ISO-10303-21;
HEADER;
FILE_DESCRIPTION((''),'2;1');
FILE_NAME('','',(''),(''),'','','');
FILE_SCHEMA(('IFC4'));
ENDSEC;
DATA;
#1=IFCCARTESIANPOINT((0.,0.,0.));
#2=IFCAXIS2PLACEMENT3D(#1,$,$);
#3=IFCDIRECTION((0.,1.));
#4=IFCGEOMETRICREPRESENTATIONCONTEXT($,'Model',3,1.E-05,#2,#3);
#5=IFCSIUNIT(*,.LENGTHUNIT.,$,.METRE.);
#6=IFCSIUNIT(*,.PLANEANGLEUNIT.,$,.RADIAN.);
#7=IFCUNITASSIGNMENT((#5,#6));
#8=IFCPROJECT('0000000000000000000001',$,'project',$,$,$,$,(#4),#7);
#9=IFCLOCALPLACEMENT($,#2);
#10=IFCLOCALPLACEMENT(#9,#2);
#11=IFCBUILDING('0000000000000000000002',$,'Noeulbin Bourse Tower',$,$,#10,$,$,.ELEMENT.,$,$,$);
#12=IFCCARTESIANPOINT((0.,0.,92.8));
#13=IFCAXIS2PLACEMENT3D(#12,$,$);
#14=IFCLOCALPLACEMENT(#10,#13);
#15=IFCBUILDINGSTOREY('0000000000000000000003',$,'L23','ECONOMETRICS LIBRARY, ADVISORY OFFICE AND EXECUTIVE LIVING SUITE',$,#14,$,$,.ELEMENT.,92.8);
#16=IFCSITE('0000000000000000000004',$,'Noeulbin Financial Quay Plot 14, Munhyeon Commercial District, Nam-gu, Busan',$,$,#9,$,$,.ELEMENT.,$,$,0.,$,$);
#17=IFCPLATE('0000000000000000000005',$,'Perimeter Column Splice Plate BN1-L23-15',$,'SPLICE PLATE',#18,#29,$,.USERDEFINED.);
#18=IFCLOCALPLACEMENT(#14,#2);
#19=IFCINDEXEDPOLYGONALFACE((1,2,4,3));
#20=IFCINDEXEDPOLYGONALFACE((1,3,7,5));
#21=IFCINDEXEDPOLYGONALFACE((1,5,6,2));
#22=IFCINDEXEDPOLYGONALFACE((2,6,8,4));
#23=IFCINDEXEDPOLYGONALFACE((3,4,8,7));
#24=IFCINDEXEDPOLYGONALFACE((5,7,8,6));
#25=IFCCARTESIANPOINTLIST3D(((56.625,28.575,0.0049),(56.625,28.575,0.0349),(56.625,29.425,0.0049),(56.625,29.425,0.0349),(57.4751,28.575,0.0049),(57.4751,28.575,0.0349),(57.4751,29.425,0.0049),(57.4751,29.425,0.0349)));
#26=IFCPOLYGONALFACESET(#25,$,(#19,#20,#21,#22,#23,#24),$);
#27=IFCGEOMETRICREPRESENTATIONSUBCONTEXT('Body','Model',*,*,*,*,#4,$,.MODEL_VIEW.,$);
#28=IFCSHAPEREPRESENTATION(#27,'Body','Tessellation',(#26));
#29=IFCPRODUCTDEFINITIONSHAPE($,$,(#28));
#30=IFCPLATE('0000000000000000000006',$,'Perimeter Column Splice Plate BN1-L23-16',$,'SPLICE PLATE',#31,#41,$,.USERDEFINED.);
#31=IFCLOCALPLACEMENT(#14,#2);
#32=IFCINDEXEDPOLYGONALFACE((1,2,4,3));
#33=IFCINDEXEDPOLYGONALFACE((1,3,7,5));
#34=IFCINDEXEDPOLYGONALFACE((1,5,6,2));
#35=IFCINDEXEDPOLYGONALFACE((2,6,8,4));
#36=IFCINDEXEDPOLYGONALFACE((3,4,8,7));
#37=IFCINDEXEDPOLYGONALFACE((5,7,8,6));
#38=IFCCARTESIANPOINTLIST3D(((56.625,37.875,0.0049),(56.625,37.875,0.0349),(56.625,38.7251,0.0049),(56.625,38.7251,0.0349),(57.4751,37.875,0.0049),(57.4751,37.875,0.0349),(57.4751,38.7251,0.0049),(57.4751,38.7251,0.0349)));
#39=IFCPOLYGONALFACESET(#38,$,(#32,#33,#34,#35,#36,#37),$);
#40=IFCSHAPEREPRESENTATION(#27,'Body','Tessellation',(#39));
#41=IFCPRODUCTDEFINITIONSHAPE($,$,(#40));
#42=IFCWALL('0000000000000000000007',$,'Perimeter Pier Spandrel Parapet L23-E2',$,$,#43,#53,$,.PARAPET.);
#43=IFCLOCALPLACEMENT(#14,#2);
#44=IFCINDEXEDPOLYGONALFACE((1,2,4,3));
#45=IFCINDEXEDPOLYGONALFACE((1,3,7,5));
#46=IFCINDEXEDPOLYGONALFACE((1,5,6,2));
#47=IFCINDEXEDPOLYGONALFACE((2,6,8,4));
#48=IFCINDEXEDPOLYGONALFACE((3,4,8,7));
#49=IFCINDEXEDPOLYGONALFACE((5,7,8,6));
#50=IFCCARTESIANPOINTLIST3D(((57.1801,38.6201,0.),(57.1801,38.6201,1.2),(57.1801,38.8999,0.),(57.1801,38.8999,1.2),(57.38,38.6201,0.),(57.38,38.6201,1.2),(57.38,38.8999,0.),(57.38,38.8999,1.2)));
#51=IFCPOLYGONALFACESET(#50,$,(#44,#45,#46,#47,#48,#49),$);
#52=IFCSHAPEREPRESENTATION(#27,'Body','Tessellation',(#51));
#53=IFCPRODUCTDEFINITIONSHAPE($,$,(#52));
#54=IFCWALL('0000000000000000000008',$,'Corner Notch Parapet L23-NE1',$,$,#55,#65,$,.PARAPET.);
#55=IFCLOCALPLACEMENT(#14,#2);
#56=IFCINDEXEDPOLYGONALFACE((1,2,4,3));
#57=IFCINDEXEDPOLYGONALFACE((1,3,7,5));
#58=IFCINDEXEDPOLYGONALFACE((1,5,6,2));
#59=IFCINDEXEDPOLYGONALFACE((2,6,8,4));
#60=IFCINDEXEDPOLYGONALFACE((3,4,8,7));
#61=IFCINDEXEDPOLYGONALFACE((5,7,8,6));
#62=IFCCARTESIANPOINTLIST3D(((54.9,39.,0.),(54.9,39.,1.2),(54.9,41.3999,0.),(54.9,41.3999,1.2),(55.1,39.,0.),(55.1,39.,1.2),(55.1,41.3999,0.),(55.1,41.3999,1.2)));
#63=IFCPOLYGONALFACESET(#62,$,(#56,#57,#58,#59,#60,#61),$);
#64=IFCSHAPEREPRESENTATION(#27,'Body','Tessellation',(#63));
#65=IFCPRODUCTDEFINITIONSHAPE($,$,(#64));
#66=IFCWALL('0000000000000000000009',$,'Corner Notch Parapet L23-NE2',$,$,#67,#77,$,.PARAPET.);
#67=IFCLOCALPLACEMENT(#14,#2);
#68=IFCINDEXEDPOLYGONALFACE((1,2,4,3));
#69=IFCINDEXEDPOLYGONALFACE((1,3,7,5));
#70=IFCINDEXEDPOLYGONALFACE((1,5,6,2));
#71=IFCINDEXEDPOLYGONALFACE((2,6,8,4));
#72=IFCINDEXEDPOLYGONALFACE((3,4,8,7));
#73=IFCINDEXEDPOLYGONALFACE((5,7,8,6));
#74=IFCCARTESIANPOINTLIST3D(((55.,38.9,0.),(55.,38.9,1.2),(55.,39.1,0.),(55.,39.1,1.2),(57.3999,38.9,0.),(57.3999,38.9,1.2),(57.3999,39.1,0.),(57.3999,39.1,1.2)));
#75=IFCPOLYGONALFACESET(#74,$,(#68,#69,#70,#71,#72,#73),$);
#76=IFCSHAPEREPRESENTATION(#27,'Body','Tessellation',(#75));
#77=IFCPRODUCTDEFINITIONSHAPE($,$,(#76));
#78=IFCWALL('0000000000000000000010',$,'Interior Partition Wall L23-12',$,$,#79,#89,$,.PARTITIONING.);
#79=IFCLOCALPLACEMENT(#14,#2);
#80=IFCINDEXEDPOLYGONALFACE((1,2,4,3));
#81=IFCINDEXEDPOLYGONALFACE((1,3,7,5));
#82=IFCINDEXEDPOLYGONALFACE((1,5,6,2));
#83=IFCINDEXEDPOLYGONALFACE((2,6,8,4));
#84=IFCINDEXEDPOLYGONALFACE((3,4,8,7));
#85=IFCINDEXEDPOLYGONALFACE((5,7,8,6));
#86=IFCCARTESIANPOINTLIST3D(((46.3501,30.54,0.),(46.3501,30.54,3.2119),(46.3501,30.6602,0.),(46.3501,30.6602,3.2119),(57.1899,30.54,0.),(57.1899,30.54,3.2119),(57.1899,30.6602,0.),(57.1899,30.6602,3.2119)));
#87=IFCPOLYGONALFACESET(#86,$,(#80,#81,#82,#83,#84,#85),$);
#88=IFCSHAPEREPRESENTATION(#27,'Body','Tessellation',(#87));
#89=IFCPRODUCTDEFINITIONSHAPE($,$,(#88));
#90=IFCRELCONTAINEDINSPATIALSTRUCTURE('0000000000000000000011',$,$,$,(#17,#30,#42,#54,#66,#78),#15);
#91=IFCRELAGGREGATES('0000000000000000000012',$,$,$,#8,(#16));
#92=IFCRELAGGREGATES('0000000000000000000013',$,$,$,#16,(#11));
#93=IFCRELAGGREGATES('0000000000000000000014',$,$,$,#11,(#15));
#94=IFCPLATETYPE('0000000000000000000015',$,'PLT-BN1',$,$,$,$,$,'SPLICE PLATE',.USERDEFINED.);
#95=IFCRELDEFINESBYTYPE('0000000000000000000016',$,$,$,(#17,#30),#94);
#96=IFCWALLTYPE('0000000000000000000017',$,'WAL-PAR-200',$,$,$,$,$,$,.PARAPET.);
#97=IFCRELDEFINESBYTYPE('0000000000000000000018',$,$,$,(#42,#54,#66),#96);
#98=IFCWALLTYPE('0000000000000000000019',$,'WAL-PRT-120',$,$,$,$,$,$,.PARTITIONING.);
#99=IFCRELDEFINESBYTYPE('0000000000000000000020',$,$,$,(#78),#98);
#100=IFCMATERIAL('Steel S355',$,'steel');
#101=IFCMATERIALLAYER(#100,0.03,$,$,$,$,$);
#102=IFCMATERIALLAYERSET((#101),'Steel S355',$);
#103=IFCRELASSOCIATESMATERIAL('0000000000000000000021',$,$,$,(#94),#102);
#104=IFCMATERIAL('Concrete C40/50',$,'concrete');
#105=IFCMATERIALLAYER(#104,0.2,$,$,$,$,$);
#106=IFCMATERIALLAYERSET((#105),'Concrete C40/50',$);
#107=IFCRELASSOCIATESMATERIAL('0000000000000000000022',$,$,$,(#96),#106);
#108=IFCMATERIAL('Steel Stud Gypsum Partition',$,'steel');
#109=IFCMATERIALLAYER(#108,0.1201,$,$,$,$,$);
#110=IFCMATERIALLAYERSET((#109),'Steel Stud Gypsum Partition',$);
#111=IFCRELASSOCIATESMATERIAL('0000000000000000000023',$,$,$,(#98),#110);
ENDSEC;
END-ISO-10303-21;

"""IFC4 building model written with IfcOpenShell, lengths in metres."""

from ifc_helpers import new_model, si_unit, direction, frame, frame_2d, origin, origin_2d, place, context, subcontext, project, spatial, rectangle, extrude, material, layer, layer_set, type_object, element, save


model = new_model("IFC4")

# Units and contexts
model_context = context("Model", 3, precision=1e-05, world=origin(), true_north=direction((0.0, 1.0)))
body_context = subcontext(model_context, "Body", "Model", "MODEL_VIEW")
ifc_project = project(units=[si_unit("LENGTHUNIT", "METRE"), si_unit("PLANEANGLEUNIT", "RADIAN")], contexts=[model_context])

# Site, building, storey
site_placement = place(None, origin())
site = spatial("IfcSite", under=ifc_project, at=site_placement, Name="Noeulbin Financial Quay Plot 14, Munhyeon Commercial District, Nam-gu, Busan", CompositionType="ELEMENT", RefElevation=0.0)
building_placement = place(site_placement, origin())
building = spatial("IfcBuilding", under=site, at=building_placement, Name="Noeulbin Bourse Tower", CompositionType="ELEMENT")
storey_placement = place(building_placement, frame((0.0, 0.0, 92.8)))
storey = spatial("IfcBuildingStorey", under=building, at=storey_placement, Name="L23", Description="ECONOMETRICS LIBRARY, ADVISORY OFFICE AND EXECUTIVE LIVING SUITE", CompositionType="ELEMENT", Elevation=92.8)

# Shared definitions
ifc_material_1 = material(Name="Steel S355", Category="steel")

# Plates
ifc_layer_1 = layer(ifc_material_1, 0.03)
ifc_layer_set_1 = layer_set([ifc_layer_1], Name="Steel S355")
plate_type_1 = type_object("IfcPlateType", Name="PLT-BN1", ElementType="SPLICE PLATE", PredefinedType="USERDEFINED", material=ifc_layer_set_1)
for number, where, z_axis, x_axis, name in (
    (1, (57.05, 29.0, 0.0049), (0.0, 0.0, 1.0), (1.0, 0.0, 0.0), "Perimeter Column Splice Plate BN1-L23-15"),
    (2, (57.05, 38.3, 0.0049), (0.0, 0.0, 1.0), (1.0, 0.0, 0.0), "Perimeter Column Splice Plate BN1-L23-16"),
):
    element("IfcPlate", number, at=place(storey_placement, frame(where, z_axis=z_axis, x_axis=x_axis)), inside=storey, type_object=plate_type_1, Name=name, ObjectType="SPLICE PLATE", PredefinedType="USERDEFINED", context=body_context, shape_type="SweptSolid", body=[
        extrude(rectangle(XDim=0.8501, YDim=0.8501, at=origin_2d()), origin(), (0.0, 0.0, 1.0), 0.03),
    ])

# Walls
ifc_material_2 = material(Name="Concrete C40/50", Category="concrete")
ifc_layer_2 = layer(ifc_material_2, 0.2)
ifc_layer_set_2 = layer_set([ifc_layer_2], Name="Concrete C40/50")
wall_type_1 = type_object("IfcWallType", Name="WAL-PAR-200", PredefinedType="PARAPET", material=ifc_layer_set_2)
wall_1_placement = place(storey_placement, frame((57.28, 38.6201, 0.0), z_axis=(0.0, 0.0, 1.0), x_axis=(0.0, 1.0, 0.0)))
element("IfcWall", 3, at=wall_1_placement, inside=storey, type_object=wall_type_1, Name="Perimeter Pier Spandrel Parapet L23-E2", PredefinedType="PARAPET", context=body_context, shape_type="SweptSolid", body=[
    extrude(rectangle(XDim=0.2798, YDim=0.2, at=frame_2d((0.1399, 0.0))), origin(), (0.0, 0.0, 1.0), 1.2),
])
for number, where, z_axis, x_axis, name in (
    (4, (55.0, 41.3999, 0.0), (0.0, 0.0, 1.0), (0.0, -1.0, 0.0), "Corner Notch Parapet L23-NE1"),
    (5, (55.0, 39.0, 0.0), (0.0, 0.0, 1.0), (1.0, 0.0, 0.0), "Corner Notch Parapet L23-NE2"),
):
    element("IfcWall", number, at=place(storey_placement, frame(where, z_axis=z_axis, x_axis=x_axis)), inside=storey, type_object=wall_type_1, Name=name, PredefinedType="PARAPET", context=body_context, shape_type="SweptSolid", body=[
        extrude(rectangle(XDim=2.3999, YDim=0.2, at=frame_2d((1.2, 0.0))), origin(), (0.0, 0.0, 1.0), 1.2),
    ])
ifc_material_3 = material(Name="Steel Stud Gypsum Partition", Category="steel")
ifc_layer_3 = layer(ifc_material_3, 0.1201)
ifc_layer_set_3 = layer_set([ifc_layer_3], Name="Steel Stud Gypsum Partition")
wall_type_2 = type_object("IfcWallType", Name="WAL-PRT-120", PredefinedType="PARTITIONING", material=ifc_layer_set_3)
wall_2_placement = place(storey_placement, frame((46.3501, 30.6001, 0.0), z_axis=(0.0, 0.0, 1.0), x_axis=(1.0, 0.0, 0.0)))
element("IfcWall", 6, at=wall_2_placement, inside=storey, type_object=wall_type_2, Name="Interior Partition Wall L23-12", PredefinedType="PARTITIONING", context=body_context, shape_type="SweptSolid", body=[
    extrude(rectangle(XDim=10.8398, YDim=0.1201, at=frame_2d((5.4199, 0.0))), origin(), (0.0, 0.0, 1.0), 3.2119),
])

save(model, "model.ifc")
